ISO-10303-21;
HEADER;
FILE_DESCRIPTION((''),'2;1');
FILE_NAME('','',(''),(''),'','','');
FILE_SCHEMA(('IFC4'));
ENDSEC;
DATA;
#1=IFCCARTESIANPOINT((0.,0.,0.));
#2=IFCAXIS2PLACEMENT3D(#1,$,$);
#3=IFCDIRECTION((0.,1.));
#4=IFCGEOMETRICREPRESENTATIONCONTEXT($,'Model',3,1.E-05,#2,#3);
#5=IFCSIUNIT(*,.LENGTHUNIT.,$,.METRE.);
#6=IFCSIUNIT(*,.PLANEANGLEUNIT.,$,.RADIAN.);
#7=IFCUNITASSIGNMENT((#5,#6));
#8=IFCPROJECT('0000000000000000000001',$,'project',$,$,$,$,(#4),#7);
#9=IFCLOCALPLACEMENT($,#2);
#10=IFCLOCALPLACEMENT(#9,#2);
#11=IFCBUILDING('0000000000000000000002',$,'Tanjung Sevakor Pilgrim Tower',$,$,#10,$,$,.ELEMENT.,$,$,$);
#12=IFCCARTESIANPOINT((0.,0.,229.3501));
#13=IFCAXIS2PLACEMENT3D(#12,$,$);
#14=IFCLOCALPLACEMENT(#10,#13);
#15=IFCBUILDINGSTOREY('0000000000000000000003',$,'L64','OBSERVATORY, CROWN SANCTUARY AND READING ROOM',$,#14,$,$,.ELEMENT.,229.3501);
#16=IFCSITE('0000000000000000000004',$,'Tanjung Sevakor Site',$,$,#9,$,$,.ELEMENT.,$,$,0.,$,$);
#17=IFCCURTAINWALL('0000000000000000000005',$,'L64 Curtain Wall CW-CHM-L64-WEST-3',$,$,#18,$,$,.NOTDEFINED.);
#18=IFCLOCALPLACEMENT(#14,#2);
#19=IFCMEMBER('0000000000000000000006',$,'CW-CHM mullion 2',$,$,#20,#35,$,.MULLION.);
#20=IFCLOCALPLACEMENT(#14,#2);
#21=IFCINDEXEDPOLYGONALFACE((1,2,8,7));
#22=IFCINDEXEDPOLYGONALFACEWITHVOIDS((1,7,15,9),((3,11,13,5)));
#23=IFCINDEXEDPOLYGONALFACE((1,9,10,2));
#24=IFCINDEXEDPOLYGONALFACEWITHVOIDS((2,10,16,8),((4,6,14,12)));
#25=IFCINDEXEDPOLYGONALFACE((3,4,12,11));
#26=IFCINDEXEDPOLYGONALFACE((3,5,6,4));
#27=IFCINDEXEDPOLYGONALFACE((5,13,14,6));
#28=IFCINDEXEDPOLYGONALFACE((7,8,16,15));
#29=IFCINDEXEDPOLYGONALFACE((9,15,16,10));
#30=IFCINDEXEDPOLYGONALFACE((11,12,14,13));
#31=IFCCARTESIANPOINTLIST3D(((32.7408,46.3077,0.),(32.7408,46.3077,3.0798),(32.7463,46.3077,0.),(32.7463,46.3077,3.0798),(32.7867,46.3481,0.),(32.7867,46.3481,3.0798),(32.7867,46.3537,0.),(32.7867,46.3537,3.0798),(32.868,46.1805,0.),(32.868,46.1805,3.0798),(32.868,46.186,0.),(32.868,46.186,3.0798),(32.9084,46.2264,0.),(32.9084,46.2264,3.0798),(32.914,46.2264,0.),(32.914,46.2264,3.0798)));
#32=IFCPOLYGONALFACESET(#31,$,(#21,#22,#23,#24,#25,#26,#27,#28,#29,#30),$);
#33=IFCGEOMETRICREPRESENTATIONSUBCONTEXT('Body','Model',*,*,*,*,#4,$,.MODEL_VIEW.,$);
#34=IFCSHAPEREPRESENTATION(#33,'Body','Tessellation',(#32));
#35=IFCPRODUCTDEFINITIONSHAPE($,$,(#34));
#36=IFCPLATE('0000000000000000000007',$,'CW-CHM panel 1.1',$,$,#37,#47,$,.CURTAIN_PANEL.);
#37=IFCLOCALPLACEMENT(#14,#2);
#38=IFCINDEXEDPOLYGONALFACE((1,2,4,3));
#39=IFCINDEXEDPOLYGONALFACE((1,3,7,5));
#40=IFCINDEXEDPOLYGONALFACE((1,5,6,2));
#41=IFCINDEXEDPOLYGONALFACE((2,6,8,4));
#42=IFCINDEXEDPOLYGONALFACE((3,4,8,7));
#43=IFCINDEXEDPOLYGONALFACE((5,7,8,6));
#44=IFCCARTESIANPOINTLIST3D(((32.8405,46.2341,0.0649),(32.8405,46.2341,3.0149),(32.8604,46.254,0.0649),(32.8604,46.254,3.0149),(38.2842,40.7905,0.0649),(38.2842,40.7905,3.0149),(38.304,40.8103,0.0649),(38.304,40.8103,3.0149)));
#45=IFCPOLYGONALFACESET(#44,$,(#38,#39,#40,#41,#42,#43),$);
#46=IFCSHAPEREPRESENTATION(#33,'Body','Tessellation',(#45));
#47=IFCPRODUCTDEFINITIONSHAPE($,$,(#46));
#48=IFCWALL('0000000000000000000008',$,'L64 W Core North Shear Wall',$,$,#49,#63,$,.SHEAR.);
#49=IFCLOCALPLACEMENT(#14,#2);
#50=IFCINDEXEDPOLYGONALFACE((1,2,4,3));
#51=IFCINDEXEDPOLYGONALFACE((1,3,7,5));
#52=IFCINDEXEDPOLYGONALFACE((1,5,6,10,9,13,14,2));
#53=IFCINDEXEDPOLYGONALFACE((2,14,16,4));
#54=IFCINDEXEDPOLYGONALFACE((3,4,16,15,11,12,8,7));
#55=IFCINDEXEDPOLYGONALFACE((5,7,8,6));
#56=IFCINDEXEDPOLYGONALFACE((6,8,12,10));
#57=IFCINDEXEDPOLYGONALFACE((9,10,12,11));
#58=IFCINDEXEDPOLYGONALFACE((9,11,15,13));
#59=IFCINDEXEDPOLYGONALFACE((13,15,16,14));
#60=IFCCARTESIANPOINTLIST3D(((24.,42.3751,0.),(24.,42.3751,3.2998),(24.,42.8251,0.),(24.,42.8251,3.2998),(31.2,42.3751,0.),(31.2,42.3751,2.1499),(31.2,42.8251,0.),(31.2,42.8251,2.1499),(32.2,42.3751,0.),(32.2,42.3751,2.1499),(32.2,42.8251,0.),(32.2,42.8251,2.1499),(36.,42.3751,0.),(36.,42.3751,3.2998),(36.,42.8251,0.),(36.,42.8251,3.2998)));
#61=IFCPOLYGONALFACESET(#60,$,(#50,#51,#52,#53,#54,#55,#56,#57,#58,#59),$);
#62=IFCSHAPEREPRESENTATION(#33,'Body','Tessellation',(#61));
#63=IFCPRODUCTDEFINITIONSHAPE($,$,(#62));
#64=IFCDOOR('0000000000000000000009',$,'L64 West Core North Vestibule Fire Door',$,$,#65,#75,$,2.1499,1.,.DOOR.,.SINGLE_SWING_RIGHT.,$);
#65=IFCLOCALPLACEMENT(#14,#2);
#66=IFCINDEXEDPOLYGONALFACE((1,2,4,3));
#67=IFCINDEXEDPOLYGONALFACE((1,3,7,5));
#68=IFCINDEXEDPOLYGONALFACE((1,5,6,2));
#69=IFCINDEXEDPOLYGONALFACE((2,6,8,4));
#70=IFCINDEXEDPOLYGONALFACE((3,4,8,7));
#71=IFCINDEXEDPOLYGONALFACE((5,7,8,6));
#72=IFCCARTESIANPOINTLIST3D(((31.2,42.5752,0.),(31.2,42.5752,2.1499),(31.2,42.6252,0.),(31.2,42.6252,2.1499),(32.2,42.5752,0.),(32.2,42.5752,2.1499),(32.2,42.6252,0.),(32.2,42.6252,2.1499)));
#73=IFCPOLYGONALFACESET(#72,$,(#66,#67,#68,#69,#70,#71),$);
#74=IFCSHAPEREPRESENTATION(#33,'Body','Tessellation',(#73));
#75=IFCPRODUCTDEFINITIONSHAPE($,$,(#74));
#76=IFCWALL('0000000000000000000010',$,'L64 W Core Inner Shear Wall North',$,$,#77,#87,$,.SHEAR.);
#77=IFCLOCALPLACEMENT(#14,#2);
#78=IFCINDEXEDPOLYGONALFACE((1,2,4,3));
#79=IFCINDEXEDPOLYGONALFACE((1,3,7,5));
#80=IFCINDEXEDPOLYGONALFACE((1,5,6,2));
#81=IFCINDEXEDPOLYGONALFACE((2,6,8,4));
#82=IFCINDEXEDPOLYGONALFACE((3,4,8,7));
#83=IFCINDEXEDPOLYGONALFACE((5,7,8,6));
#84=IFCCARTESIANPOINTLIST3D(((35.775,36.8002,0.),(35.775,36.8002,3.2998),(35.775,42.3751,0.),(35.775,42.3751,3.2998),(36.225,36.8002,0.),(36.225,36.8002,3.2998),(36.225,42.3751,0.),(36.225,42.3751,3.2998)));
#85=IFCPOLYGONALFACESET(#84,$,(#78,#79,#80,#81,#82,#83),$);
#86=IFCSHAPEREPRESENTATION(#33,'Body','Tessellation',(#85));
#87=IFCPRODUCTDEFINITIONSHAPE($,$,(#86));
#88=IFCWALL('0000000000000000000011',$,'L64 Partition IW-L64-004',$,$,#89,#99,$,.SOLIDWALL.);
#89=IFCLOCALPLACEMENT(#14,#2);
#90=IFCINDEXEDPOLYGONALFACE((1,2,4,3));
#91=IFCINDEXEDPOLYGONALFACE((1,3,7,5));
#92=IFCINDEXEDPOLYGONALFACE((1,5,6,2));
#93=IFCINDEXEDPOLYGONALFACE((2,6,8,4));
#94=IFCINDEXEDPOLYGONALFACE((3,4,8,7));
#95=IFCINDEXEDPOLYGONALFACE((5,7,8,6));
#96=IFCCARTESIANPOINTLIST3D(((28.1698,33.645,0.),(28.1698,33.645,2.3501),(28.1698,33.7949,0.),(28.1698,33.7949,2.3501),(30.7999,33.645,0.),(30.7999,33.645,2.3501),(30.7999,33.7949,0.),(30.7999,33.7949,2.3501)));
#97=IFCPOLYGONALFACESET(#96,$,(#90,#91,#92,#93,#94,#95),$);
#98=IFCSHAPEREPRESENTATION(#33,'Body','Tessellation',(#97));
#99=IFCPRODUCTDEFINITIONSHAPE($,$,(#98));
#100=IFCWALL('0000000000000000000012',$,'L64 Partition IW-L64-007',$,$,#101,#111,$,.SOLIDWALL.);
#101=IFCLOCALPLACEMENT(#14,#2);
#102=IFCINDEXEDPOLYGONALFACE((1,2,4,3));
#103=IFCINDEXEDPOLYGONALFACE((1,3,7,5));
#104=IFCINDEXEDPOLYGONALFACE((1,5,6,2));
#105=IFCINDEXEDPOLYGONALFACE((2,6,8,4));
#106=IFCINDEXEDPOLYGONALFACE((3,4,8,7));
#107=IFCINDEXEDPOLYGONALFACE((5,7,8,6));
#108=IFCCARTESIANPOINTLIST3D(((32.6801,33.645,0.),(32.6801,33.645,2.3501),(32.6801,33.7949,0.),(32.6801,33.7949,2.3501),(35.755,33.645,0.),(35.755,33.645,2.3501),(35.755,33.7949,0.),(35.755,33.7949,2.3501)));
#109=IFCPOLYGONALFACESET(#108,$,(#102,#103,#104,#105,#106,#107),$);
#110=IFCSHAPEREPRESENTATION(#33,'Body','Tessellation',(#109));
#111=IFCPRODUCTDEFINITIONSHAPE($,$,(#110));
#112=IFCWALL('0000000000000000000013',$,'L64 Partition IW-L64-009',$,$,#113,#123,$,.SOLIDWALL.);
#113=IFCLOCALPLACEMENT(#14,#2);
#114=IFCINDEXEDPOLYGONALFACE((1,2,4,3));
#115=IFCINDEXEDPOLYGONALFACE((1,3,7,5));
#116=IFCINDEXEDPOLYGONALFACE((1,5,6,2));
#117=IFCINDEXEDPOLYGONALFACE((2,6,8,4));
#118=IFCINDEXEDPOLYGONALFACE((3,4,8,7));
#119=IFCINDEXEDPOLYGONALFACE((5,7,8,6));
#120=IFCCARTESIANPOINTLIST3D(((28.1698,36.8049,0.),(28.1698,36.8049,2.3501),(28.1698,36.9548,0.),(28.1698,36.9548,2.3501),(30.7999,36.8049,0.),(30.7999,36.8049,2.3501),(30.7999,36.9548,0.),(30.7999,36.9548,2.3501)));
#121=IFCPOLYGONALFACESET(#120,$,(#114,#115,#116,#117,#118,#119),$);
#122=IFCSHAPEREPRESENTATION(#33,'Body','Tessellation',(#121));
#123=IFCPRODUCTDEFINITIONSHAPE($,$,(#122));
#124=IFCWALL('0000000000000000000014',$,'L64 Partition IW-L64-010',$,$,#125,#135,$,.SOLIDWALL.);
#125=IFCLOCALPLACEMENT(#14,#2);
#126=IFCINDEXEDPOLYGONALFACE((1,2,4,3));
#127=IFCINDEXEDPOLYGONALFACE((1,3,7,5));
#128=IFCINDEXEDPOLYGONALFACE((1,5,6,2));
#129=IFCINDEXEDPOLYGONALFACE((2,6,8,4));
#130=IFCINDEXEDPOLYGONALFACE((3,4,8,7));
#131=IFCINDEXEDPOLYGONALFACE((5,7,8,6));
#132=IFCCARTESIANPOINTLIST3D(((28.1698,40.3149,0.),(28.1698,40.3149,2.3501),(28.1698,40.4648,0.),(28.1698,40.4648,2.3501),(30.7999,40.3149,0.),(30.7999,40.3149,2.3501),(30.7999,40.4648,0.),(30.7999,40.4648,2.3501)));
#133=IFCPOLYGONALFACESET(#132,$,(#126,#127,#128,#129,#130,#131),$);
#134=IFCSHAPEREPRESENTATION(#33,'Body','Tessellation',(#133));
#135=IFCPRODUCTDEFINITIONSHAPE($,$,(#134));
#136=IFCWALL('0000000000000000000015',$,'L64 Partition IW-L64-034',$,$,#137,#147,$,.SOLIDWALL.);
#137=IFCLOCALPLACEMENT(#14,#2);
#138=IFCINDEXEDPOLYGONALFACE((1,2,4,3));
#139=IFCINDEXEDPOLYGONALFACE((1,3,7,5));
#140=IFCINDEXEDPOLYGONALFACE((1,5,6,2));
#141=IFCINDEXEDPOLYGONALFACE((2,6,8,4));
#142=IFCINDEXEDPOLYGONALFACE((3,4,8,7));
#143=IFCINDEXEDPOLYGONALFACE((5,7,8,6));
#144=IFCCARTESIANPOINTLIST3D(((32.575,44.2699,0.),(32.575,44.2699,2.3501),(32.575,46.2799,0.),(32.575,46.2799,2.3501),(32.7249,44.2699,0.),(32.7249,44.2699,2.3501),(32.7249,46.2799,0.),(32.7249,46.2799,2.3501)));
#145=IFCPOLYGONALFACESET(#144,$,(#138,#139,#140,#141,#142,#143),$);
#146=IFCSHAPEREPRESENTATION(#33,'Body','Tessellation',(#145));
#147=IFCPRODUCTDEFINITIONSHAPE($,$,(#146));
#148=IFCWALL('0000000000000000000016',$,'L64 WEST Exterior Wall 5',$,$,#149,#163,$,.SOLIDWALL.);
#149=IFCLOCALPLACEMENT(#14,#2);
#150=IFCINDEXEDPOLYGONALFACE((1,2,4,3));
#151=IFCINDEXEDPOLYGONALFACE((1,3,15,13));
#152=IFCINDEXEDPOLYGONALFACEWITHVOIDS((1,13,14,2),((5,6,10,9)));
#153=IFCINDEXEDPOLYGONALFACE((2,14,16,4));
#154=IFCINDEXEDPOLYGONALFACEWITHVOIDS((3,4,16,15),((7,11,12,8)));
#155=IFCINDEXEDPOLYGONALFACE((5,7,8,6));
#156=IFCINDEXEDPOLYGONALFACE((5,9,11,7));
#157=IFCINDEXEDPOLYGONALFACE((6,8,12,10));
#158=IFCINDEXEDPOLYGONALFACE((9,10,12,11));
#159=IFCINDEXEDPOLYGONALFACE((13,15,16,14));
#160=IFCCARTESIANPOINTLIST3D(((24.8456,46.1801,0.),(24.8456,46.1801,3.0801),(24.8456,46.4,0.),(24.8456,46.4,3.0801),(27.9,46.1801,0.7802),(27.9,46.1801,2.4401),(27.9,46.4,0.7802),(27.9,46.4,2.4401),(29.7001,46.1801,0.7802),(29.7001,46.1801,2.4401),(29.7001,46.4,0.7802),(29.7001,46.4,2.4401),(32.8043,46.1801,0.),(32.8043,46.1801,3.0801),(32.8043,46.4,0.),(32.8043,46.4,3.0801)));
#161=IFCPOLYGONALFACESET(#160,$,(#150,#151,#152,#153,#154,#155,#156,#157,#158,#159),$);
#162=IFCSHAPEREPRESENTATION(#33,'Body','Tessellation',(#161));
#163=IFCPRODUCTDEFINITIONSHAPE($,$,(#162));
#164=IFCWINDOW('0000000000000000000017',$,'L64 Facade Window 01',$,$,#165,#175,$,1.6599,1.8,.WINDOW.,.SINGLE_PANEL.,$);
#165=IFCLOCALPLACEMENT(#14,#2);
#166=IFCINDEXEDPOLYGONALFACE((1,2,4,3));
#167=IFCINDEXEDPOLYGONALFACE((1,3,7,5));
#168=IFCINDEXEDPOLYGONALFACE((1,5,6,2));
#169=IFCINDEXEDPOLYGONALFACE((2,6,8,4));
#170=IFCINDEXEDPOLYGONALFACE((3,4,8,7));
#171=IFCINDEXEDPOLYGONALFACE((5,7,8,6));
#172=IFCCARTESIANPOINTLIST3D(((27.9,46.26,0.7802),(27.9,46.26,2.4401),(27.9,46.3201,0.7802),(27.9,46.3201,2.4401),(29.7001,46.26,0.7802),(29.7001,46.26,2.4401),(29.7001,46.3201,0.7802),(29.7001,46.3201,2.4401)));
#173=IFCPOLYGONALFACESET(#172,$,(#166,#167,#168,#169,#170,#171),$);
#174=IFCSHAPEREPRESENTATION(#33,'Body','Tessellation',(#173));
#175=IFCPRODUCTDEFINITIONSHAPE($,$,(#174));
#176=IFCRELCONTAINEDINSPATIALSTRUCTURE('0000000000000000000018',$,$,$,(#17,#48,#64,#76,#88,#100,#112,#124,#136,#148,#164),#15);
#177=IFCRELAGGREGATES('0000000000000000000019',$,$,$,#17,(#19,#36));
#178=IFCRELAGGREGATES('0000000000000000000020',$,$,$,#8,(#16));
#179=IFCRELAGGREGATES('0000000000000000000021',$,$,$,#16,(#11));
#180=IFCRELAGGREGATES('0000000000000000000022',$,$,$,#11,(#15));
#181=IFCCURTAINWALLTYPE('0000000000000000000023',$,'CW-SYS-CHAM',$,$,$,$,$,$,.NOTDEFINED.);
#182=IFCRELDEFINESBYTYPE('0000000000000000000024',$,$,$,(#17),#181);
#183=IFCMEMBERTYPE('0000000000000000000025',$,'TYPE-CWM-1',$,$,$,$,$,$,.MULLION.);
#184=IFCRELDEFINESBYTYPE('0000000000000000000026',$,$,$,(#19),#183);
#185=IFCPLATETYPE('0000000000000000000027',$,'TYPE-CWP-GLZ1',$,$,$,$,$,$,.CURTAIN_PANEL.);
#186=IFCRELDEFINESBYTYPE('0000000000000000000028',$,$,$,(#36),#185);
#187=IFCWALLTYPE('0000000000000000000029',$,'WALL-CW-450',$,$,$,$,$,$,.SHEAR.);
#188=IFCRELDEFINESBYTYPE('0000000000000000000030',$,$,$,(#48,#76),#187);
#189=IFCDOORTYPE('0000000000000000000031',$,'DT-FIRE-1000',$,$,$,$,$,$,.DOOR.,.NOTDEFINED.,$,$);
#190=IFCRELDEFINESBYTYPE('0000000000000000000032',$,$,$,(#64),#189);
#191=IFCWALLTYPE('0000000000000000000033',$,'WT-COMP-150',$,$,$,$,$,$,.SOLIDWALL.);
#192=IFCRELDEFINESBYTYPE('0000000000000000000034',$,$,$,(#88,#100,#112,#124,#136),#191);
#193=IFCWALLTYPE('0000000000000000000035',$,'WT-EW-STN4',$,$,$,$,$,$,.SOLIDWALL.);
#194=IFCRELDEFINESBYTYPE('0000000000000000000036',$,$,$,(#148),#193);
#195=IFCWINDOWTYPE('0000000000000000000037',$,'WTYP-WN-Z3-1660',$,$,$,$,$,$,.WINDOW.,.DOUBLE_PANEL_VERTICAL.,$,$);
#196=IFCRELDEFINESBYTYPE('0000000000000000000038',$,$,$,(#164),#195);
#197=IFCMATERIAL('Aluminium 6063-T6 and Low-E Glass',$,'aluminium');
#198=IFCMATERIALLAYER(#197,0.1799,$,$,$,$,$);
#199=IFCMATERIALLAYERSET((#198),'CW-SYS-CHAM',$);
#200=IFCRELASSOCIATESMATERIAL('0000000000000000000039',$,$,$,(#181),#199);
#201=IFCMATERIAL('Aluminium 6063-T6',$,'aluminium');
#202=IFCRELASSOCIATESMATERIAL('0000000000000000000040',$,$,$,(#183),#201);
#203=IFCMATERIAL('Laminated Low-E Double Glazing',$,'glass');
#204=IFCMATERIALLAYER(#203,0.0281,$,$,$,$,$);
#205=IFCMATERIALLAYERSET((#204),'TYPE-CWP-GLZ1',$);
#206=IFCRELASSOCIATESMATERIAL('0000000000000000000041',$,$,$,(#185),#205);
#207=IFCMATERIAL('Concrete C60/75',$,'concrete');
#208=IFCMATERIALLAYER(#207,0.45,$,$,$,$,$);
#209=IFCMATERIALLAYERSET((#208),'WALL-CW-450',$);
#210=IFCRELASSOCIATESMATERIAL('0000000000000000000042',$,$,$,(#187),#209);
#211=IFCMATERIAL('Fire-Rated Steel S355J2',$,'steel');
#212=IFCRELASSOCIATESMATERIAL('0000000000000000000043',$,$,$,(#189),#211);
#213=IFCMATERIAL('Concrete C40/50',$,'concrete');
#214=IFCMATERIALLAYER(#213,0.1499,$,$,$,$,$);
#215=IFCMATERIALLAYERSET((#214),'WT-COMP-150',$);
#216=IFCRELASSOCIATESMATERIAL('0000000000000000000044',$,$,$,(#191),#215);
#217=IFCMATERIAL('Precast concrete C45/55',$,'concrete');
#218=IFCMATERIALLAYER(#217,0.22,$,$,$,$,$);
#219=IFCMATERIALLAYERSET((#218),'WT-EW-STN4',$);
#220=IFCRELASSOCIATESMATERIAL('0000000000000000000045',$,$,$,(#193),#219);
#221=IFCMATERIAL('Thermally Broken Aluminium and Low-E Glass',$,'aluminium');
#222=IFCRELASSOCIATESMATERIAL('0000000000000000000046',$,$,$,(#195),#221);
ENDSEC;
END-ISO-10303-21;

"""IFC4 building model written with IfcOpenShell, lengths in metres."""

from ifc_helpers import new_model, si_unit, direction, frame, frame_2d, origin, origin_2d, place, context, subcontext, project, spatial, rectangle, hollow_rectangle, extrude, material, layer, layer_set, material_profile, profile_set, type_object, element, fill, aggregate, save


model = new_model("IFC4")

# Units and contexts
model_context = context("Model", 3, precision=1e-05, world=origin(), true_north=direction((0.0, 1.0)))
body_context = subcontext(model_context, "Body", "Model", "MODEL_VIEW")
ifc_project = project(units=[si_unit("LENGTHUNIT", "METRE"), si_unit("PLANEANGLEUNIT", "RADIAN")], contexts=[model_context])

# Site, building, storey
site_placement = place(None, origin())
site = spatial("IfcSite", under=ifc_project, at=site_placement, Name="Tanjung Sevakor Site", CompositionType="ELEMENT", RefElevation=0.0)
building_placement = place(site_placement, origin())
building = spatial("IfcBuilding", under=site, at=building_placement, Name="Tanjung Sevakor Pilgrim Tower", CompositionType="ELEMENT")
storey_placement = place(building_placement, frame((0.0, 0.0, 229.3501)))
storey = spatial("IfcBuildingStorey", under=building, at=storey_placement, Name="L64", Description="OBSERVATORY, CROWN SANCTUARY AND READING ROOM", CompositionType="ELEMENT", Elevation=229.3501)

# Curtain wall, member, plate
ifc_material_1 = material(Name="Aluminium 6063-T6 and Low-E Glass", Category="aluminium")
ifc_layer_1 = layer(ifc_material_1, 0.1799)
ifc_layer_set_1 = layer_set([ifc_layer_1], Name="CW-SYS-CHAM")
curtain_wall_type = type_object("IfcCurtainWallType", Name="CW-SYS-CHAM", PredefinedType="NOTDEFINED", material=ifc_layer_set_1)
curtain_wall_placement = place(storey_placement, origin())
curtain_wall = element("IfcCurtainWall", 1, at=curtain_wall_placement, inside=storey, type_object=curtain_wall_type, Name="L64 Curtain Wall CW-CHM-L64-WEST-3", PredefinedType="NOTDEFINED")
ifc_material_2 = material(Name="Aluminium 6063-T6", Category="aluminium")
ifc_material_profile = material_profile(ifc_material_2, hollow_rectangle(XDim=0.0649, YDim=0.1799, WallThickness=0.0039, at=origin_2d()))
ifc_profile_set = profile_set([ifc_material_profile], Name="Aluminium 6063-T6")
member_type = type_object("IfcMemberType", Name="TYPE-CWM-1", PredefinedType="MULLION", material=ifc_profile_set)
member_placement = place(storey_placement, frame((32.8274, 46.2671, 0.0), z_axis=(0.0, 0.0, 1.0), x_axis=(-0.707107, -0.707107, 0.0)))
member = element("IfcMember", 2, at=member_placement, type_object=member_type, Name="CW-CHM mullion 2", PredefinedType="MULLION", context=body_context, shape_type="SweptSolid", body=[
    extrude(hollow_rectangle(XDim=0.0649, YDim=0.1799, WallThickness=0.0039, at=origin_2d()), origin(), (0.0, 0.0, 1.0), 3.0798),
])
ifc_material_3 = material(Name="Laminated Low-E Double Glazing", Category="glass")
ifc_layer_2 = layer(ifc_material_3, 0.0281)
ifc_layer_set_2 = layer_set([ifc_layer_2], Name="TYPE-CWP-GLZ1")
plate_type = type_object("IfcPlateType", Name="TYPE-CWP-GLZ1", PredefinedType="CURTAIN_PANEL", material=ifc_layer_set_2)
plate_placement = place(storey_placement, frame((35.5723, 43.5222, 0.0649), z_axis=(0.0, 0.0, 1.0), x_axis=(-0.707107, 0.707107, 0.0)))
plate = element("IfcPlate", 3, at=plate_placement, type_object=plate_type, Name="CW-CHM panel 1.1", PredefinedType="CURTAIN_PANEL", context=body_context, shape_type="SweptSolid", body=[
    extrude(rectangle(XDim=7.6985, YDim=0.0281, at=origin_2d()), origin(), (0.0, 0.0, 1.0), 2.95),
])
aggregate(curtain_wall, [member, plate])

# Wall, opening, door
ifc_material_4 = material(Name="Concrete C60/75", Category="concrete")
ifc_layer_3 = layer(ifc_material_4, 0.45)
ifc_layer_set_3 = layer_set([ifc_layer_3], Name="WALL-CW-450")
wall_type_1 = type_object("IfcWallType", Name="WALL-CW-450", PredefinedType="SHEAR", material=ifc_layer_set_3)
wall_1_placement = place(storey_placement, frame((36.0, 42.6001, 0.0), z_axis=(0.0, 0.0, 1.0), x_axis=(-1.0, 0.0, 0.0)))
wall_1 = element("IfcWall", 4, at=wall_1_placement, inside=storey, type_object=wall_type_1, Name="L64 W Core North Shear Wall", PredefinedType="SHEAR", context=body_context, shape_type="SweptSolid", body=[
    extrude(rectangle(XDim=12.0, YDim=0.45, at=frame_2d((6.0, 0.0))), origin(), (0.0, 0.0, 1.0), 3.2998),
])
opening_1_placement = place(wall_1_placement, frame((3.8, 0.0, 0.0)))
opening_1 = element("IfcOpeningElement", 5, at=opening_1_placement, cuts=wall_1, PredefinedType="OPENING", context=body_context, shape_type="SweptSolid", body=[
    extrude(rectangle(XDim=1.0, YDim=2.1499, at=frame_2d((0.5, 1.075))), frame((0.0, 0.2349, 0.0), z_axis=(0.0, -1.0, 0.0), x_axis=(1.0, 0.0, 0.0)), (0.0, 0.0, 1.0), 0.47),
])
ifc_material_5 = material(Name="Fire-Rated Steel S355J2", Category="steel")
door_type_1 = type_object("IfcDoorType", Name="DT-FIRE-1000", OperationType="NOTDEFINED", PredefinedType="DOOR", material=ifc_material_5)
door_1_placement = place(opening_1_placement, origin())
door_1 = element("IfcDoor", 6, at=door_1_placement, inside=storey, type_object=door_type_1, Name="L64 West Core North Vestibule Fire Door", OperationType="SINGLE_SWING_RIGHT", OverallHeight=2.1499, OverallWidth=1.0, PredefinedType="DOOR", context=body_context, shape_type="SweptSolid", body=[
    extrude(rectangle(XDim=1.0, YDim=2.1499, at=frame_2d((0.5, 1.075))), frame((0.0, 0.0249, 0.0), z_axis=(0.0, -1.0, 0.0), x_axis=(1.0, 0.0, 0.0)), (0.0, 0.0, 1.0), 0.05),
])
fill(opening_1, door_1)

# Walls
wall_2_placement = place(storey_placement, frame((36.0, 36.8, 0.0), z_axis=(0.0, 0.0, 1.0), x_axis=(0.0, 1.0, 0.0)))
element("IfcWall", 7, at=wall_2_placement, inside=storey, type_object=wall_type_1, Name="L64 W Core Inner Shear Wall North", PredefinedType="SHEAR", context=body_context, shape_type="SweptSolid", body=[
    extrude(rectangle(XDim=5.575, YDim=0.45, at=frame_2d((2.7876, 0.0))), origin(), (0.0, 0.0, 1.0), 3.2998),
])
ifc_material_6 = material(Name="Concrete C40/50", Category="concrete")
ifc_layer_4 = layer(ifc_material_6, 0.1499)
ifc_layer_set_4 = layer_set([ifc_layer_4], Name="WT-COMP-150")
wall_type_2 = type_object("IfcWallType", Name="WT-COMP-150", PredefinedType="SOLIDWALL", material=ifc_layer_set_4)
wall_3_placement = place(storey_placement, frame((28.1699, 33.72, 0.0), z_axis=(0.0, 0.0, 1.0), x_axis=(1.0, 0.0, 0.0)))
element("IfcWall", 8, at=wall_3_placement, inside=storey, type_object=wall_type_2, Name="L64 Partition IW-L64-004", PredefinedType="SOLIDWALL", context=body_context, shape_type="SweptSolid", body=[
    extrude(rectangle(XDim=2.6301, YDim=0.1499, at=frame_2d((1.3149, 0.0))), origin(), (0.0, 0.0, 1.0), 2.3501),
])
wall_4_placement = place(storey_placement, frame((32.6799, 33.72, 0.0), z_axis=(0.0, 0.0, 1.0), x_axis=(1.0, 0.0, 0.0)))
element("IfcWall", 9, at=wall_4_placement, inside=storey, type_object=wall_type_2, Name="L64 Partition IW-L64-007", PredefinedType="SOLIDWALL", context=body_context, shape_type="SweptSolid", body=[
    extrude(rectangle(XDim=3.075, YDim=0.1499, at=frame_2d((1.5376, 0.0))), origin(), (0.0, 0.0, 1.0), 2.3501),
])
for number, where, z_axis, x_axis, name in (
    (10, (28.1699, 36.8799, 0.0), (0.0, 0.0, 1.0), (1.0, 0.0, 0.0), "L64 Partition IW-L64-009"),
    (11, (28.1699, 40.3899, 0.0), (0.0, 0.0, 1.0), (1.0, 0.0, 0.0), "L64 Partition IW-L64-010"),
):
    element("IfcWall", number, at=place(storey_placement, frame(where, z_axis=z_axis, x_axis=x_axis)), inside=storey, type_object=wall_type_2, Name=name, PredefinedType="SOLIDWALL", context=body_context, shape_type="SweptSolid", body=[
        extrude(rectangle(XDim=2.6301, YDim=0.1499, at=frame_2d((1.3149, 0.0))), origin(), (0.0, 0.0, 1.0), 2.3501),
    ])

# Wall
wall_5_placement = place(storey_placement, frame((32.6499, 44.27, 0.0), z_axis=(0.0, 0.0, 1.0), x_axis=(0.0, 1.0, 0.0)))
element("IfcWall", 12, at=wall_5_placement, inside=storey, type_object=wall_type_2, Name="L64 Partition IW-L64-034", PredefinedType="SOLIDWALL", context=body_context, shape_type="SweptSolid", body=[
    extrude(rectangle(XDim=2.01, YDim=0.1499, at=frame_2d((1.0049, 0.0))), origin(), (0.0, 0.0, 1.0), 2.3501),
])

# Wall, opening, window
ifc_material_7 = material(Name="Precast concrete C45/55", Category="concrete")
ifc_layer_5 = layer(ifc_material_7, 0.22)
ifc_layer_set_5 = layer_set([ifc_layer_5], Name="WT-EW-STN4")
wall_type_3 = type_object("IfcWallType", Name="WT-EW-STN4", PredefinedType="SOLIDWALL", material=ifc_layer_set_5)
wall_6_placement = place(storey_placement, frame((32.8044, 46.29, 0.0), z_axis=(0.0, 0.0, 1.0), x_axis=(-1.0, 0.0, 0.0)))
wall_6 = element("IfcWall", 13, at=wall_6_placement, inside=storey, type_object=wall_type_3, Name="L64 WEST Exterior Wall 5", PredefinedType="SOLIDWALL", context=body_context, shape_type="SweptSolid", body=[
    extrude(rectangle(XDim=7.9587, YDim=0.22, at=frame_2d((3.9795, 0.0))), origin(), (0.0, 0.0, 1.0), 3.0801),
])
opening_2_placement = place(wall_6_placement, frame((3.1045, 0.0, 0.78)))
opening_2 = element("IfcOpeningElement", 14, at=opening_2_placement, cuts=wall_6, PredefinedType="OPENING", context=body_context, shape_type="SweptSolid", body=[
    extrude(rectangle(XDim=1.8, YDim=1.6599, at=frame_2d((0.8999, 0.8301))), frame((0.0, 0.1199, 0.0), z_axis=(0.0, -1.0, 0.0), x_axis=(1.0, 0.0, 0.0)), (0.0, 0.0, 1.0), 0.24),
])
ifc_material_8 = material(Name="Thermally Broken Aluminium and Low-E Glass", Category="aluminium")
window_type = type_object("IfcWindowType", Name="WTYP-WN-Z3-1660", PartitioningType="DOUBLE_PANEL_VERTICAL", PredefinedType="WINDOW", material=ifc_material_8)
window_placement = place(opening_2_placement, origin())
window = element("IfcWindow", 15, at=window_placement, inside=storey, type_object=window_type, Name="L64 Facade Window 01", OverallHeight=1.6599, OverallWidth=1.8, PartitioningType="SINGLE_PANEL", PredefinedType="WINDOW", context=body_context, shape_type="SweptSolid", body=[
    extrude(rectangle(XDim=1.8, YDim=1.6599, at=frame_2d((0.8999, 0.8301))), frame((0.0, 0.03, 0.0), z_axis=(0.0, -1.0, 0.0), x_axis=(1.0, 0.0, 0.0)), (0.0, 0.0, 1.0), 0.0601),
])
fill(opening_2, window)

save(model, "model.ifc")
